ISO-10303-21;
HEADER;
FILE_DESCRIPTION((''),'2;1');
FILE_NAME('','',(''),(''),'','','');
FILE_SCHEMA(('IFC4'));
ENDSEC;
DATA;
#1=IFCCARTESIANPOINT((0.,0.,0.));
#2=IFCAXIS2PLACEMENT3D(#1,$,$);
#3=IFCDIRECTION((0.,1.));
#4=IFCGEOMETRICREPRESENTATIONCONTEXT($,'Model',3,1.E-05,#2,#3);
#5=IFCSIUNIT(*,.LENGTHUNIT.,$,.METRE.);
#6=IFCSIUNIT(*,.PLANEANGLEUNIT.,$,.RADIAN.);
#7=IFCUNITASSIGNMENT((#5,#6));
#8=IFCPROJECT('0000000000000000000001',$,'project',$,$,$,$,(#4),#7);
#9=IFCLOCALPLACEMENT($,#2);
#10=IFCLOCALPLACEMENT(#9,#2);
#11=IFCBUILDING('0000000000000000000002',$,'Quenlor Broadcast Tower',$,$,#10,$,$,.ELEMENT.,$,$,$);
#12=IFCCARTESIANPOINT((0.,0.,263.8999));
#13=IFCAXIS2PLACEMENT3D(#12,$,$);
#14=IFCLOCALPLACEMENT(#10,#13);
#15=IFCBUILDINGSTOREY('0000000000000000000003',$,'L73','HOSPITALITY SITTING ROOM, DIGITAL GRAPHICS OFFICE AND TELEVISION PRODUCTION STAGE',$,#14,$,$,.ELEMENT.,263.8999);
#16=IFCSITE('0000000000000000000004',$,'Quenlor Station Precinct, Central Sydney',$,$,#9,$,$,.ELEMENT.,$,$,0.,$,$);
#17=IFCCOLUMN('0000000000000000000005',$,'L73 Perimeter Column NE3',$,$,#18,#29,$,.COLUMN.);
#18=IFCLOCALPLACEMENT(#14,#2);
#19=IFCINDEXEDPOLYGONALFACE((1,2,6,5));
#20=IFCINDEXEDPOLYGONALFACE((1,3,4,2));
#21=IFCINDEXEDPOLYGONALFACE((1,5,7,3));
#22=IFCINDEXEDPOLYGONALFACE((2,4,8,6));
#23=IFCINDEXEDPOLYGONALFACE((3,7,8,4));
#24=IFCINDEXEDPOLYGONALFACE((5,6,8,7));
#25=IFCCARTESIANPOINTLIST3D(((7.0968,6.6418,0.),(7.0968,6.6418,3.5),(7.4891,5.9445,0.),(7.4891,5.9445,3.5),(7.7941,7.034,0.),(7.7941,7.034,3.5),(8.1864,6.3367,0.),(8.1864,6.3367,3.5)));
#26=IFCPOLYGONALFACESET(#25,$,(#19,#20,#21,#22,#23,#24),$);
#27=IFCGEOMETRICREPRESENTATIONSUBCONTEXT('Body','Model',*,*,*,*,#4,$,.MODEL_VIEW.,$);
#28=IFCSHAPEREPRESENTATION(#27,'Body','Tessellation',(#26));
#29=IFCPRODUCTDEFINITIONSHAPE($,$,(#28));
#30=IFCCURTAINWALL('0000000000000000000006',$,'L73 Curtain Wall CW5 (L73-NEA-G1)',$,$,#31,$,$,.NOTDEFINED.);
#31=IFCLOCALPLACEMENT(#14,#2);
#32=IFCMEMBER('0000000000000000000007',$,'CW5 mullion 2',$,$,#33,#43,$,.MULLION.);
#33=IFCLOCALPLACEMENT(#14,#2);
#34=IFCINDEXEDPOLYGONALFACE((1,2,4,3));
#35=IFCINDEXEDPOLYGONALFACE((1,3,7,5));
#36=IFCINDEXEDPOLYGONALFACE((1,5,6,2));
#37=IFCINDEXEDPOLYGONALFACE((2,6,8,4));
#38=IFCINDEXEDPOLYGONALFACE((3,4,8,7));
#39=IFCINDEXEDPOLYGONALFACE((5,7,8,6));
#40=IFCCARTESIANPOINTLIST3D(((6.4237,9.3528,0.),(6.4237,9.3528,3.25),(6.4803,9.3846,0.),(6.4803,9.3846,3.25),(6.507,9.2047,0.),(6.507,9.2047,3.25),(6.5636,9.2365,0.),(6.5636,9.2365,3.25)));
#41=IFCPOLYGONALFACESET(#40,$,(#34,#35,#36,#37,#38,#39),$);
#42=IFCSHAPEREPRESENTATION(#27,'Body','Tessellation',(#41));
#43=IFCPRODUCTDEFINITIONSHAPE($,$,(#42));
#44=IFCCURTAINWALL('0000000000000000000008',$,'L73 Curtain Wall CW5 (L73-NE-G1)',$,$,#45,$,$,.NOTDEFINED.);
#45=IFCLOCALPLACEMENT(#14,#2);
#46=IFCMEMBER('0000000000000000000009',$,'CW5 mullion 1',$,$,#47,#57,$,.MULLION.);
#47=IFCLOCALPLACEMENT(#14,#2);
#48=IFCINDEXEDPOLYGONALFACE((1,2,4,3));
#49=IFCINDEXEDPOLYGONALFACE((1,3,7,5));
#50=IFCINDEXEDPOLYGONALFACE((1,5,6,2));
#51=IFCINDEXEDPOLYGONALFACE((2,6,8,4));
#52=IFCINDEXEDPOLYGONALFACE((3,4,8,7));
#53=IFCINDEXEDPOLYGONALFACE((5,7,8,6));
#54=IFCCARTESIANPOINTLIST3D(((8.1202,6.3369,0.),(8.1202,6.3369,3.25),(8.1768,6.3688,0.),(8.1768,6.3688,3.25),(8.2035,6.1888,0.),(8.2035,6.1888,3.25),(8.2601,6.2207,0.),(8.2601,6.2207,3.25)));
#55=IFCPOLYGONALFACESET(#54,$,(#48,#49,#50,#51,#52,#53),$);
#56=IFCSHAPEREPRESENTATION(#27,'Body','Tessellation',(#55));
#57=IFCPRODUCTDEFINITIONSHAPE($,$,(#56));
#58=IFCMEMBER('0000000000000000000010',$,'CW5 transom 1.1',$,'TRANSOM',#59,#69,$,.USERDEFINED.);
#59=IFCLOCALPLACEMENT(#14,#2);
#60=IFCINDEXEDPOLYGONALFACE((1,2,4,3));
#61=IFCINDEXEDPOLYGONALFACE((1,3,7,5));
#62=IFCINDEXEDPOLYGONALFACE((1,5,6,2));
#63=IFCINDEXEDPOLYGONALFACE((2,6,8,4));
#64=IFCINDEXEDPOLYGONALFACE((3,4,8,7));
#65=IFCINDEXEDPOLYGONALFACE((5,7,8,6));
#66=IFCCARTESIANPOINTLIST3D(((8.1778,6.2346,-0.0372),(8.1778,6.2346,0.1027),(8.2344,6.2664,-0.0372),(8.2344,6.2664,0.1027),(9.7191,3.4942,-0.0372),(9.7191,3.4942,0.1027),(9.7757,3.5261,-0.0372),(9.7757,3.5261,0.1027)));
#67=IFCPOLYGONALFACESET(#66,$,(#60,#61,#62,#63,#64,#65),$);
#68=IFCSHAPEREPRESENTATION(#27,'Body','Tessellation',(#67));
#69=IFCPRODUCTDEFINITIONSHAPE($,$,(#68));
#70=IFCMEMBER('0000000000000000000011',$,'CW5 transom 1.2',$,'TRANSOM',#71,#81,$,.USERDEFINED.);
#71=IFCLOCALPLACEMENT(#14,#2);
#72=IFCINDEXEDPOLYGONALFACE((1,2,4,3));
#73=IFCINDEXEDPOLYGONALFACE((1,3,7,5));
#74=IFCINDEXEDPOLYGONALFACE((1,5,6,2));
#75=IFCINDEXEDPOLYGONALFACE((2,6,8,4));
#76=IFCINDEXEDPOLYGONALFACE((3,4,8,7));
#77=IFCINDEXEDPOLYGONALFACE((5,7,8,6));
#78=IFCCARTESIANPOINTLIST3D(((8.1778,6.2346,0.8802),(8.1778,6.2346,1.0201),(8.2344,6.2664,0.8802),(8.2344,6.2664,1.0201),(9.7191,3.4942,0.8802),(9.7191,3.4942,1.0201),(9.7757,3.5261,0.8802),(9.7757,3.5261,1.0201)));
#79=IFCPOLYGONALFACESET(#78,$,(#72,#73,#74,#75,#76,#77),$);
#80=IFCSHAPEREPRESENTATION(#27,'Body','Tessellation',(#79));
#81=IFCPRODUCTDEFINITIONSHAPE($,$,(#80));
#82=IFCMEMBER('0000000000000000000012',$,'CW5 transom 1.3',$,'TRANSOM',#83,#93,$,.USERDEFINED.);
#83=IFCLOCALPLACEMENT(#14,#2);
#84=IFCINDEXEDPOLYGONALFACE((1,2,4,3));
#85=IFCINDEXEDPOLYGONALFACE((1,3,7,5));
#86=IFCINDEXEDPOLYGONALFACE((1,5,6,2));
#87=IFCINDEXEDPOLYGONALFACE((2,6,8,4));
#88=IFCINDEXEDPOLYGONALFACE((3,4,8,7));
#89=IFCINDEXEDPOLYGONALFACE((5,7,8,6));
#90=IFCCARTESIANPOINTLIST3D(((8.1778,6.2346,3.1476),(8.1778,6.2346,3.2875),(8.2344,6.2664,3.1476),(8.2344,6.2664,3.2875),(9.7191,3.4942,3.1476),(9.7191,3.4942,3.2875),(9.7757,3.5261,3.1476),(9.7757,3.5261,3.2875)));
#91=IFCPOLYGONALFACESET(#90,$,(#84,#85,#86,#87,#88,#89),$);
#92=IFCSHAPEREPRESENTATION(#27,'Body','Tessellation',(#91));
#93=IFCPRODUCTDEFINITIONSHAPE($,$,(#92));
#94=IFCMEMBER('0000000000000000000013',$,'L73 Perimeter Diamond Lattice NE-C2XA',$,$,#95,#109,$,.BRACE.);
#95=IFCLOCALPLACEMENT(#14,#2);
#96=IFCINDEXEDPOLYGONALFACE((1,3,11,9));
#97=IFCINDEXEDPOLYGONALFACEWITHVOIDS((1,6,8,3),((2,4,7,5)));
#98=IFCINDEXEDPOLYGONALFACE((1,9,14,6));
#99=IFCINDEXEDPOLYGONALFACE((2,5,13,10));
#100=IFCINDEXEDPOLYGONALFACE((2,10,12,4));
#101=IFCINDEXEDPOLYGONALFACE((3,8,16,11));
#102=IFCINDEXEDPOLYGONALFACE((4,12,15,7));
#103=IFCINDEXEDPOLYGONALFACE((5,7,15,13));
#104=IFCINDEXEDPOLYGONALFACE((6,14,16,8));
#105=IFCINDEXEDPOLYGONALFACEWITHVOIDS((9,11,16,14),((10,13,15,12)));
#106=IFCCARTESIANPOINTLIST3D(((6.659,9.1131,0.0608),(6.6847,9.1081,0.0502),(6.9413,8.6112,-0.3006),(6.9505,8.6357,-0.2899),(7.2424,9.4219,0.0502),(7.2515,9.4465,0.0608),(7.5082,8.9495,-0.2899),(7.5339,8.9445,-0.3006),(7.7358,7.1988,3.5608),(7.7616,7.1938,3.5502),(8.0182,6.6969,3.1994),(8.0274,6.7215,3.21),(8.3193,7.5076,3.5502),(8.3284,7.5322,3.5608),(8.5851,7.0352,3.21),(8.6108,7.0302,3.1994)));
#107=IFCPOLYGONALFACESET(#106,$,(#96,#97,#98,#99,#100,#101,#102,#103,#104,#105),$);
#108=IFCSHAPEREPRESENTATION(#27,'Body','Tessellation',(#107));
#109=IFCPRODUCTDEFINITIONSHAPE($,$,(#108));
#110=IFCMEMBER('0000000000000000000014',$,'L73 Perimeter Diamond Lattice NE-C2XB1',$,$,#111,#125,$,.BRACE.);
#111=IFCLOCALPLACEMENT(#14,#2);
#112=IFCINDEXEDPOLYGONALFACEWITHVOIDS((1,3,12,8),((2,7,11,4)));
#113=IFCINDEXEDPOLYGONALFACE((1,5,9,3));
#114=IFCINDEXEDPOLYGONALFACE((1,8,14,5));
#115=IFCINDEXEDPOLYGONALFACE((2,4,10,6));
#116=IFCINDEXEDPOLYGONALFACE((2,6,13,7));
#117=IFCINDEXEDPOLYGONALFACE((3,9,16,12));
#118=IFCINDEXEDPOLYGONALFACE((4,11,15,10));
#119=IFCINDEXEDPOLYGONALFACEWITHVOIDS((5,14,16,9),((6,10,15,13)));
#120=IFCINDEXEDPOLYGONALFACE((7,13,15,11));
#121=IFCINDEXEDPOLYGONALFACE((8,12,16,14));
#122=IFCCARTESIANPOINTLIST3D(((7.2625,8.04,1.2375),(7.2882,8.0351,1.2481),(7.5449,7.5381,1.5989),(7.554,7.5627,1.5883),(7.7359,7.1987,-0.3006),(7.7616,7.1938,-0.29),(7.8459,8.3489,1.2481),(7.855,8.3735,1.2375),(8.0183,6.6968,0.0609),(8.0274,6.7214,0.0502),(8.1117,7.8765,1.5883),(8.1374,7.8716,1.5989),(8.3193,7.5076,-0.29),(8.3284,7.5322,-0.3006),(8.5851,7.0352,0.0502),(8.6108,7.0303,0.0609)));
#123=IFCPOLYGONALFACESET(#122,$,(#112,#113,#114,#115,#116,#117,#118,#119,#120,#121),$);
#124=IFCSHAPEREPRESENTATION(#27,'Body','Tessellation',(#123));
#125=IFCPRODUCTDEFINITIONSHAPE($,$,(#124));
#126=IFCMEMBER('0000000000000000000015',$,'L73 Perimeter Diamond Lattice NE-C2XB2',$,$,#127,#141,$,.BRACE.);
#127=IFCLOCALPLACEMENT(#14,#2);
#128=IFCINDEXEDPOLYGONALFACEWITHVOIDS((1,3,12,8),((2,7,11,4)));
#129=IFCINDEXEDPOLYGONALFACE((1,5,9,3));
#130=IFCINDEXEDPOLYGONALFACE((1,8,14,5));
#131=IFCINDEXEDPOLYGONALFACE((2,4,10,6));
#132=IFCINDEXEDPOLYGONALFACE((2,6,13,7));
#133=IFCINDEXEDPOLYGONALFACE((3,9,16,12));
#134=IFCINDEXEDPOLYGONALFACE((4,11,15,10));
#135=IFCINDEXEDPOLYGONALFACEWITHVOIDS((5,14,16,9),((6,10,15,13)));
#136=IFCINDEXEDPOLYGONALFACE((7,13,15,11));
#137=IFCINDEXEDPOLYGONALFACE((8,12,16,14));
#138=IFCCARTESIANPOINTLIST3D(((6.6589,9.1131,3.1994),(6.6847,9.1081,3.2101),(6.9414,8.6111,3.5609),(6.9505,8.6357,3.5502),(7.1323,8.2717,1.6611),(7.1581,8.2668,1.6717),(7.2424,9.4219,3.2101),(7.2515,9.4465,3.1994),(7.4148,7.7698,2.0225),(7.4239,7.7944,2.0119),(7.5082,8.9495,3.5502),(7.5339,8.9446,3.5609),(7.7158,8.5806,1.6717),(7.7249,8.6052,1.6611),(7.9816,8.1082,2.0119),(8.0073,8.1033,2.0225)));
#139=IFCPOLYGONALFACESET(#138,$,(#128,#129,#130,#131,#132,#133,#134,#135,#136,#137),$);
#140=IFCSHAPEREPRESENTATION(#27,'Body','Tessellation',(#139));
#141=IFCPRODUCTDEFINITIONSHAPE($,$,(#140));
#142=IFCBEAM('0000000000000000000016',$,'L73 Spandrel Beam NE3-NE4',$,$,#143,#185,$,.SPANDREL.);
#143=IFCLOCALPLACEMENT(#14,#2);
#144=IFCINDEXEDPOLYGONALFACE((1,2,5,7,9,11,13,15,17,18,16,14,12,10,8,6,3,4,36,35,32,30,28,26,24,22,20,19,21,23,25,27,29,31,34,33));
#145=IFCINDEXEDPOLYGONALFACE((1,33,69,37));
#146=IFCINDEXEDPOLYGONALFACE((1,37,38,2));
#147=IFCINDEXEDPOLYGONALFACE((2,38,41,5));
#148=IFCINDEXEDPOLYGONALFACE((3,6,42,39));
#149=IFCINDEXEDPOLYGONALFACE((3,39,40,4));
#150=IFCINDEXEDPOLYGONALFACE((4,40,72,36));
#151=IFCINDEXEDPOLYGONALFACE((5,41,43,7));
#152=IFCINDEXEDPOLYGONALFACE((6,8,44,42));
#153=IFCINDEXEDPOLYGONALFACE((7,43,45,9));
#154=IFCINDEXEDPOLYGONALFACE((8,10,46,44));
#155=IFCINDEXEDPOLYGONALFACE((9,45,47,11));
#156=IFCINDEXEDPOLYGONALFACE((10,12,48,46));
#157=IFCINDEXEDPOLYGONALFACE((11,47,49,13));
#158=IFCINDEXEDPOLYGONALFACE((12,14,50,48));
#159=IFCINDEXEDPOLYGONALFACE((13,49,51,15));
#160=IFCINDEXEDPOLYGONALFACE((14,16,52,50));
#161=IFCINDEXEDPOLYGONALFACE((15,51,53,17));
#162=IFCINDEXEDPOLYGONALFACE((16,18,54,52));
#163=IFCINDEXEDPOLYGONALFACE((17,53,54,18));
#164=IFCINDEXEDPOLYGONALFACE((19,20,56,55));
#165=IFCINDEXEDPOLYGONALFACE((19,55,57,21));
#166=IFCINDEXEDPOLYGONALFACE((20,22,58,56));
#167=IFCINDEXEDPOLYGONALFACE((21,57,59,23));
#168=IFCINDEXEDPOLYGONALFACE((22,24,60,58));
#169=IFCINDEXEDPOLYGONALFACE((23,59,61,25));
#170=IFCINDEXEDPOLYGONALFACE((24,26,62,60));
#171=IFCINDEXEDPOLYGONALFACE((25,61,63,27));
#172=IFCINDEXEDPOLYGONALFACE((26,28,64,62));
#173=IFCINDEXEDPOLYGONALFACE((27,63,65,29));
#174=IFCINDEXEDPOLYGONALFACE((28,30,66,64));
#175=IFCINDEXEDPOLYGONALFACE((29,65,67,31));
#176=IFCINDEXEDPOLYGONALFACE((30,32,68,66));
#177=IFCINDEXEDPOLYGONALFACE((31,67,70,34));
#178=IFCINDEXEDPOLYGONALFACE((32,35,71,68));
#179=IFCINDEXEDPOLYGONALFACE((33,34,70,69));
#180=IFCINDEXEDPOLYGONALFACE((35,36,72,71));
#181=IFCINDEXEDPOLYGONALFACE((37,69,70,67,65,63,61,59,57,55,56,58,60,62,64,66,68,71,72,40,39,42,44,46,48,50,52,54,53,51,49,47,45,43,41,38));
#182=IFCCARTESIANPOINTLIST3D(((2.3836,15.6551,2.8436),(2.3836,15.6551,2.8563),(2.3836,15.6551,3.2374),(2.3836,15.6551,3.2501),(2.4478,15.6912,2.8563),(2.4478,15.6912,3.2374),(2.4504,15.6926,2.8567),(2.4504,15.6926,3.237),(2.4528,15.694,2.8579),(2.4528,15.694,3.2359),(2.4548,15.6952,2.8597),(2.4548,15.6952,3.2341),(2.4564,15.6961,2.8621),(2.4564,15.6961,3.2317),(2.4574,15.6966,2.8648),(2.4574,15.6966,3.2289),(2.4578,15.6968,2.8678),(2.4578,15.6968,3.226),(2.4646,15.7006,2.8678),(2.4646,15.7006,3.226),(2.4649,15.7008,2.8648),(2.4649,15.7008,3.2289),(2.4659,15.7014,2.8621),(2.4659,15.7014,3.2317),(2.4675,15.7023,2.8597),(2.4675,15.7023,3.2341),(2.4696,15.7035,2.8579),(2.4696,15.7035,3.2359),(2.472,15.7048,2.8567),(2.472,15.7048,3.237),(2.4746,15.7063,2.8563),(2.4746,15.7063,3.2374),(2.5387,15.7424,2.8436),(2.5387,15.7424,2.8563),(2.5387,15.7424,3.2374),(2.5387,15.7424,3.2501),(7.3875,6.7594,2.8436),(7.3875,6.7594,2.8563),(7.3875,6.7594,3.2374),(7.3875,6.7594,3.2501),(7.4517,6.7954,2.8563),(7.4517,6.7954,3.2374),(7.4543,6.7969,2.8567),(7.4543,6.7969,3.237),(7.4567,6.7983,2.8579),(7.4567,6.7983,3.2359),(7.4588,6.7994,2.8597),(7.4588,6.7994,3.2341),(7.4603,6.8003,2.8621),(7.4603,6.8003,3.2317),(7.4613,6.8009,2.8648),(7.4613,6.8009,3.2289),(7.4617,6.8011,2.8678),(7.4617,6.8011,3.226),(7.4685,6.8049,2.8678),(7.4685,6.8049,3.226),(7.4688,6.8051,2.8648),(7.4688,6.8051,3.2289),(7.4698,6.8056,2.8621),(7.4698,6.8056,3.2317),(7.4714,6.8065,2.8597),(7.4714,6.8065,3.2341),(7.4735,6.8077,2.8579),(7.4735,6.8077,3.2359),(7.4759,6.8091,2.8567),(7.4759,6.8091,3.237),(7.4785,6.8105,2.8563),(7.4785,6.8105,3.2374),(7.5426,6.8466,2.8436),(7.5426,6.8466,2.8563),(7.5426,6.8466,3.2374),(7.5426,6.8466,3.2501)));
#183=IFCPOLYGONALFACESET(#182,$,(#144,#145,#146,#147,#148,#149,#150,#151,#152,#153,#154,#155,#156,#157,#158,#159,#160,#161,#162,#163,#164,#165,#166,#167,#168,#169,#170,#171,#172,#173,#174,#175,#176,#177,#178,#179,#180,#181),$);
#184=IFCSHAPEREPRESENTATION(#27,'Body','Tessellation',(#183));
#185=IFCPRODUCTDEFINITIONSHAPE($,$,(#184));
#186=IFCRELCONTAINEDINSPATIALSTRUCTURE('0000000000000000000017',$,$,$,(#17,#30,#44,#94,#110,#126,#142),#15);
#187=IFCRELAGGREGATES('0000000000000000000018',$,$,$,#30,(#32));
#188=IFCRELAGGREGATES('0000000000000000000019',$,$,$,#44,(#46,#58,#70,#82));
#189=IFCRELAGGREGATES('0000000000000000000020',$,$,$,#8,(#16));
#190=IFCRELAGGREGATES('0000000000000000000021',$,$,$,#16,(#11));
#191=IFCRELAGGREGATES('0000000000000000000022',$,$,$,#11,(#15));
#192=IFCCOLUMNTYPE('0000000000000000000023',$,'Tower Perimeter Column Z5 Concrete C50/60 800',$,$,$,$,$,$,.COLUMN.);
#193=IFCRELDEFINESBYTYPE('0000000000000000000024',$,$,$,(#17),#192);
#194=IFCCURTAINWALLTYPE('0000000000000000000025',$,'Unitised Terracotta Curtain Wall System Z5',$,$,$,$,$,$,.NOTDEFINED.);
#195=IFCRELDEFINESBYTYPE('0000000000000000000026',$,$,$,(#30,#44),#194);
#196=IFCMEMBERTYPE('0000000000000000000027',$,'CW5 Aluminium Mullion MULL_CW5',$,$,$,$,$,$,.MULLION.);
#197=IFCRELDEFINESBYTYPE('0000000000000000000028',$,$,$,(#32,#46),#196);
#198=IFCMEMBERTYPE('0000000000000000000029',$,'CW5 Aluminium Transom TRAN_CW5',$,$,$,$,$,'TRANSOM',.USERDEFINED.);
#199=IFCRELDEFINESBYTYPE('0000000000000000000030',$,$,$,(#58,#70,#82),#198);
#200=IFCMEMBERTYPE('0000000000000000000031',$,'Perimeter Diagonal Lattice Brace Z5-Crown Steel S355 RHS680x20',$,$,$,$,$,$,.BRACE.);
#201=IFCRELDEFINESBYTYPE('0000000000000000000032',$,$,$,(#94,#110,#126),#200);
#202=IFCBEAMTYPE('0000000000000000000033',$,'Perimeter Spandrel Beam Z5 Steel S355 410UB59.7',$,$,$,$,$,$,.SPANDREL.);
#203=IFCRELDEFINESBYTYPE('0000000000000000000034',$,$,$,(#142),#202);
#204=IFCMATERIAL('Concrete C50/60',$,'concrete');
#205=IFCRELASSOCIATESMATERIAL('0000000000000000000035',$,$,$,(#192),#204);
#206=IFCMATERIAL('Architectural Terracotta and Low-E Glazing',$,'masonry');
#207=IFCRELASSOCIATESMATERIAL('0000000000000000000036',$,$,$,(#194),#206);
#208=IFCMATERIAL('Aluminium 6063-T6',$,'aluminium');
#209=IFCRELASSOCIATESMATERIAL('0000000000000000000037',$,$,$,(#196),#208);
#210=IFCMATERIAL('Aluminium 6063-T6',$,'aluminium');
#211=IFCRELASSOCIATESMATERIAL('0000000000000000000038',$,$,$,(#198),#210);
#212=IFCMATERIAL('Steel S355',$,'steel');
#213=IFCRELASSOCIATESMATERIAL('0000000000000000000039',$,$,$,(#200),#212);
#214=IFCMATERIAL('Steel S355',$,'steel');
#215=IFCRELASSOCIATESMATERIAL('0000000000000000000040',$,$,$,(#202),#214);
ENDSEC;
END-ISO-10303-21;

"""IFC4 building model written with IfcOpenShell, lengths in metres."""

from ifc_helpers import new_model, si_unit, direction, frame, origin, origin_2d, place, context, subcontext, project, spatial, rectangle, hollow_rectangle, i_section, extrude, material, material_profile, profile_set, type_object, element, aggregate, save


model = new_model("IFC4")

# Units and contexts
model_context = context("Model", 3, precision=1e-05, world=origin(), true_north=direction((0.0, 1.0)))
body_context = subcontext(model_context, "Body", "Model", "MODEL_VIEW")
ifc_project = project(units=[si_unit("LENGTHUNIT", "METRE"), si_unit("PLANEANGLEUNIT", "RADIAN")], contexts=[model_context])

# Site, building, storey
site_placement = place(None, origin())
site = spatial("IfcSite", under=ifc_project, at=site_placement, Name="Quenlor Station Precinct, Central Sydney", CompositionType="ELEMENT", RefElevation=0.0)
building_placement = place(site_placement, origin())
building = spatial("IfcBuilding", under=site, at=building_placement, Name="Quenlor Broadcast Tower", CompositionType="ELEMENT")
storey_placement = place(building_placement, frame((0.0, 0.0, 263.8999)))
storey = spatial("IfcBuildingStorey", under=building, at=storey_placement, Name="L73", Description="HOSPITALITY SITTING ROOM, DIGITAL GRAPHICS OFFICE AND TELEVISION PRODUCTION STAGE", CompositionType="ELEMENT", Elevation=263.8999)

# Column
ifc_material_1 = material(Name="Concrete C50/60", Category="concrete")
ifc_material_profile_1 = material_profile(ifc_material_1, rectangle(XDim=0.8, YDim=0.8, at=origin_2d()))
ifc_profile_set_1 = profile_set([ifc_material_profile_1], Name="Concrete C50/60 RC800x800")
column_type = type_object("IfcColumnType", Name="Tower Perimeter Column Z5 Concrete C50/60 800", PredefinedType="COLUMN", material=ifc_profile_set_1)
column_placement = place(storey_placement, frame((7.6416, 6.4893, 0.0), z_axis=(0.0, 0.0, 1.0), x_axis=(0.871575, 0.490262, 0.0)))
element("IfcColumn", 1, at=column_placement, inside=storey, type_object=column_type, Name="L73 Perimeter Column NE3", PredefinedType="COLUMN", context=body_context, shape_type="SweptSolid", body=[
    extrude(rectangle(XDim=0.8, YDim=0.8, at=origin_2d()), origin(), (0.0, 0.0, 1.0), 3.5),
])

# Curtain wall, member
ifc_material_2 = material(Name="Architectural Terracotta and Low-E Glazing", Category="masonry")
curtain_wall_type = type_object("IfcCurtainWallType", Name="Unitised Terracotta Curtain Wall System Z5", PredefinedType="NOTDEFINED", material=ifc_material_2)
curtain_wall_1_placement = place(storey_placement, origin())
curtain_wall_1 = element("IfcCurtainWall", 2, at=curtain_wall_1_placement, inside=storey, type_object=curtain_wall_type, Name="L73 Curtain Wall CW5 (L73-NEA-G1)", PredefinedType="NOTDEFINED")
ifc_material_3 = material(Name="Aluminium 6063-T6", Category="aluminium")
ifc_material_profile_2 = material_profile(ifc_material_3, rectangle(XDim=0.0649, YDim=0.1699, at=origin_2d()))
ifc_profile_set_2 = profile_set([ifc_material_profile_2], Name="Aluminium 6063-T6 MULL65x170")
member_type_1 = type_object("IfcMemberType", Name="CW5 Aluminium Mullion MULL_CW5", PredefinedType="MULLION", material=ifc_profile_set_2)
member_1_placement = place(storey_placement, frame((6.4937, 9.2947, 0.0), z_axis=(0.0, 0.0, 1.0), x_axis=(0.871582, 0.49025, 0.0)))
member_1 = element("IfcMember", 3, at=member_1_placement, type_object=member_type_1, Name="CW5 mullion 2", PredefinedType="MULLION", context=body_context, shape_type="SweptSolid", body=[
    extrude(rectangle(XDim=0.0649, YDim=0.1699, at=origin_2d()), origin(), (0.0, 0.0, 1.0), 3.25),
])
aggregate(curtain_wall_1, [member_1])

# Curtain wall, members
curtain_wall_2_placement = place(storey_placement, origin())
curtain_wall_2 = element("IfcCurtainWall", 4, at=curtain_wall_2_placement, inside=storey, type_object=curtain_wall_type, Name="L73 Curtain Wall CW5 (L73-NE-G1)", PredefinedType="NOTDEFINED")
member_2_placement = place(storey_placement, frame((8.1902, 6.2788, 0.0), z_axis=(0.0, 0.0, 1.0), x_axis=(0.871575, 0.490263, 0.0)))
member_2 = element("IfcMember", 5, at=member_2_placement, type_object=member_type_1, Name="CW5 mullion 1", PredefinedType="MULLION", context=body_context, shape_type="SweptSolid", body=[
    extrude(rectangle(XDim=0.0649, YDim=0.1699, at=origin_2d()), origin(), (0.0, 0.0, 1.0), 3.25),
])
ifc_material_4 = material(Name="Aluminium 6063-T6", Category="aluminium")
ifc_material_profile_3 = material_profile(ifc_material_4, rectangle(XDim=0.0649, YDim=0.1399, at=origin_2d()))
ifc_profile_set_3 = profile_set([ifc_material_profile_3], Name="Aluminium 6063-T6 TRAN65x140")
member_type_2 = type_object("IfcMemberType", Name="CW5 Aluminium Transom TRAN_CW5", ElementType="TRANSOM", PredefinedType="USERDEFINED", material=ifc_profile_set_3)
member_3_placement = place(storey_placement, frame((8.2061, 6.2505, 0.0327), z_axis=(0.490232, -0.871592, 0.0), x_axis=(0.871592, 0.490232, 0.0)))
member_3 = element("IfcMember", 6, at=member_3_placement, type_object=member_type_2, Name="CW5 transom 1.1", ObjectType="TRANSOM", PredefinedType="USERDEFINED", context=body_context, shape_type="SweptSolid", body=[
    extrude(rectangle(XDim=0.0649, YDim=0.1399, at=origin_2d()), origin(), (0.0, 0.0, 1.0), 3.144),
])
member_4_placement = place(storey_placement, frame((8.2061, 6.2505, 0.9502), z_axis=(0.490232, -0.871592, 0.0), x_axis=(0.871592, 0.490232, 0.0)))
member_4 = element("IfcMember", 7, at=member_4_placement, type_object=member_type_2, Name="CW5 transom 1.2", ObjectType="TRANSOM", PredefinedType="USERDEFINED", context=body_context, shape_type="SweptSolid", body=[
    extrude(rectangle(XDim=0.0649, YDim=0.1399, at=origin_2d()), origin(), (0.0, 0.0, 1.0), 3.144),
])
member_5_placement = place(storey_placement, frame((8.2061, 6.2505, 3.2175), z_axis=(0.490232, -0.871592, 0.0), x_axis=(0.871592, 0.490232, 0.0)))
member_5 = element("IfcMember", 8, at=member_5_placement, type_object=member_type_2, Name="CW5 transom 1.3", ObjectType="TRANSOM", PredefinedType="USERDEFINED", context=body_context, shape_type="SweptSolid", body=[
    extrude(rectangle(XDim=0.0649, YDim=0.1399, at=origin_2d()), origin(), (0.0, 0.0, 1.0), 3.144),
])

# Members
ifc_material_5 = material(Name="Steel S355", Category="steel")
ifc_material_profile_4 = material_profile(ifc_material_5, hollow_rectangle(XDim=0.6799, YDim=0.6799, WallThickness=0.02, at=origin_2d()))
ifc_profile_set_4 = profile_set([ifc_material_profile_4], Name="Steel S355 RHS680x680x20")
member_type_3 = type_object("IfcMemberType", Name="Perimeter Diagonal Lattice Brace Z5-Crown Steel S355 RHS680x20", PredefinedType="BRACE", material=ifc_profile_set_4)
member_6_placement = place(storey_placement, frame((7.0964, 9.0288, -0.1199), z_axis=(0.260619, -0.463276, 0.847026), x_axis=(0.871555, 0.490298, 0.0)))
element("IfcMember", 9, at=member_6_placement, inside=storey, type_object=member_type_3, Name="L73 Perimeter Diamond Lattice NE-C2XA", PredefinedType="BRACE", context=body_context, shape_type="SweptSolid", body=[
    extrude(hollow_rectangle(XDim=0.6799, YDim=0.6799, WallThickness=0.02, at=origin_2d()), origin(), (0.0, 0.0, 1.0), 4.1321),
])
member_7_placement = place(storey_placement, frame((8.1733, 7.1145, -0.1199), z_axis=(-0.260686, 0.463293, 0.846996), x_axis=(-0.871508, -0.490381, 0.0)))
element("IfcMember", 10, at=member_7_placement, inside=storey, type_object=member_type_3, Name="L73 Perimeter Diamond Lattice NE-C2XB1", PredefinedType="BRACE", context=body_context, shape_type="SweptSolid", body=[
    extrude(hollow_rectangle(XDim=0.6799, YDim=0.6799, WallThickness=0.02, at=origin_2d()), origin(), (0.0, 0.0, 1.0), 1.8159),
])
member_8_placement = place(storey_placement, frame((7.5698, 8.1875, 1.8418), z_axis=(-0.260657, 0.463241, 0.847034), x_axis=(-0.871508, -0.490381, 0.0)))
element("IfcMember", 11, at=member_8_placement, inside=storey, type_object=member_type_3, Name="L73 Perimeter Diamond Lattice NE-C2XB2", PredefinedType="BRACE", context=body_context, shape_type="SweptSolid", body=[
    extrude(hollow_rectangle(XDim=0.6799, YDim=0.6799, WallThickness=0.02, at=origin_2d()), origin(), (0.0, 0.0, 1.0), 1.8162),
])

# Beam
ifc_material_6 = material(Name="Steel S355", Category="steel")
ifc_material_profile_5 = material_profile(ifc_material_6, i_section(OverallWidth=0.178, OverallDepth=0.4065, WebThickness=0.0078, FlangeThickness=0.0127, FilletRadius=0.0115, at=origin_2d()))
ifc_profile_set_5 = profile_set([ifc_material_profile_5], Name="Steel S355 410UB59.7")
beam_type_1 = type_object("IfcBeamType", Name="Perimeter Spandrel Beam Z5 Steel S355 410UB59.7", PredefinedType="SPANDREL", material=ifc_profile_set_5)
beam_1_placement = place(storey_placement, frame((7.4651, 6.803, 3.0469), z_axis=(-0.490265, 0.871574, 0.0), x_axis=(-0.871574, -0.490265, 0.0)))
element("IfcBeam", 12, at=beam_1_placement, inside=storey, type_object=beam_type_1, Name="L73 Spandrel Beam NE3-NE4", PredefinedType="SPANDREL", context=body_context, shape_type="SweptSolid", body=[
    extrude(i_section(OverallWidth=0.178, OverallDepth=0.4065, WebThickness=0.0078, FlangeThickness=0.0127, FilletRadius=0.0115, at=origin_2d()), origin(), (0.0, 0.0, 1.0), 10.2065),
])

aggregate(curtain_wall_2, [member_2, member_3, member_4, member_5])

save(model, "model.ifc")
